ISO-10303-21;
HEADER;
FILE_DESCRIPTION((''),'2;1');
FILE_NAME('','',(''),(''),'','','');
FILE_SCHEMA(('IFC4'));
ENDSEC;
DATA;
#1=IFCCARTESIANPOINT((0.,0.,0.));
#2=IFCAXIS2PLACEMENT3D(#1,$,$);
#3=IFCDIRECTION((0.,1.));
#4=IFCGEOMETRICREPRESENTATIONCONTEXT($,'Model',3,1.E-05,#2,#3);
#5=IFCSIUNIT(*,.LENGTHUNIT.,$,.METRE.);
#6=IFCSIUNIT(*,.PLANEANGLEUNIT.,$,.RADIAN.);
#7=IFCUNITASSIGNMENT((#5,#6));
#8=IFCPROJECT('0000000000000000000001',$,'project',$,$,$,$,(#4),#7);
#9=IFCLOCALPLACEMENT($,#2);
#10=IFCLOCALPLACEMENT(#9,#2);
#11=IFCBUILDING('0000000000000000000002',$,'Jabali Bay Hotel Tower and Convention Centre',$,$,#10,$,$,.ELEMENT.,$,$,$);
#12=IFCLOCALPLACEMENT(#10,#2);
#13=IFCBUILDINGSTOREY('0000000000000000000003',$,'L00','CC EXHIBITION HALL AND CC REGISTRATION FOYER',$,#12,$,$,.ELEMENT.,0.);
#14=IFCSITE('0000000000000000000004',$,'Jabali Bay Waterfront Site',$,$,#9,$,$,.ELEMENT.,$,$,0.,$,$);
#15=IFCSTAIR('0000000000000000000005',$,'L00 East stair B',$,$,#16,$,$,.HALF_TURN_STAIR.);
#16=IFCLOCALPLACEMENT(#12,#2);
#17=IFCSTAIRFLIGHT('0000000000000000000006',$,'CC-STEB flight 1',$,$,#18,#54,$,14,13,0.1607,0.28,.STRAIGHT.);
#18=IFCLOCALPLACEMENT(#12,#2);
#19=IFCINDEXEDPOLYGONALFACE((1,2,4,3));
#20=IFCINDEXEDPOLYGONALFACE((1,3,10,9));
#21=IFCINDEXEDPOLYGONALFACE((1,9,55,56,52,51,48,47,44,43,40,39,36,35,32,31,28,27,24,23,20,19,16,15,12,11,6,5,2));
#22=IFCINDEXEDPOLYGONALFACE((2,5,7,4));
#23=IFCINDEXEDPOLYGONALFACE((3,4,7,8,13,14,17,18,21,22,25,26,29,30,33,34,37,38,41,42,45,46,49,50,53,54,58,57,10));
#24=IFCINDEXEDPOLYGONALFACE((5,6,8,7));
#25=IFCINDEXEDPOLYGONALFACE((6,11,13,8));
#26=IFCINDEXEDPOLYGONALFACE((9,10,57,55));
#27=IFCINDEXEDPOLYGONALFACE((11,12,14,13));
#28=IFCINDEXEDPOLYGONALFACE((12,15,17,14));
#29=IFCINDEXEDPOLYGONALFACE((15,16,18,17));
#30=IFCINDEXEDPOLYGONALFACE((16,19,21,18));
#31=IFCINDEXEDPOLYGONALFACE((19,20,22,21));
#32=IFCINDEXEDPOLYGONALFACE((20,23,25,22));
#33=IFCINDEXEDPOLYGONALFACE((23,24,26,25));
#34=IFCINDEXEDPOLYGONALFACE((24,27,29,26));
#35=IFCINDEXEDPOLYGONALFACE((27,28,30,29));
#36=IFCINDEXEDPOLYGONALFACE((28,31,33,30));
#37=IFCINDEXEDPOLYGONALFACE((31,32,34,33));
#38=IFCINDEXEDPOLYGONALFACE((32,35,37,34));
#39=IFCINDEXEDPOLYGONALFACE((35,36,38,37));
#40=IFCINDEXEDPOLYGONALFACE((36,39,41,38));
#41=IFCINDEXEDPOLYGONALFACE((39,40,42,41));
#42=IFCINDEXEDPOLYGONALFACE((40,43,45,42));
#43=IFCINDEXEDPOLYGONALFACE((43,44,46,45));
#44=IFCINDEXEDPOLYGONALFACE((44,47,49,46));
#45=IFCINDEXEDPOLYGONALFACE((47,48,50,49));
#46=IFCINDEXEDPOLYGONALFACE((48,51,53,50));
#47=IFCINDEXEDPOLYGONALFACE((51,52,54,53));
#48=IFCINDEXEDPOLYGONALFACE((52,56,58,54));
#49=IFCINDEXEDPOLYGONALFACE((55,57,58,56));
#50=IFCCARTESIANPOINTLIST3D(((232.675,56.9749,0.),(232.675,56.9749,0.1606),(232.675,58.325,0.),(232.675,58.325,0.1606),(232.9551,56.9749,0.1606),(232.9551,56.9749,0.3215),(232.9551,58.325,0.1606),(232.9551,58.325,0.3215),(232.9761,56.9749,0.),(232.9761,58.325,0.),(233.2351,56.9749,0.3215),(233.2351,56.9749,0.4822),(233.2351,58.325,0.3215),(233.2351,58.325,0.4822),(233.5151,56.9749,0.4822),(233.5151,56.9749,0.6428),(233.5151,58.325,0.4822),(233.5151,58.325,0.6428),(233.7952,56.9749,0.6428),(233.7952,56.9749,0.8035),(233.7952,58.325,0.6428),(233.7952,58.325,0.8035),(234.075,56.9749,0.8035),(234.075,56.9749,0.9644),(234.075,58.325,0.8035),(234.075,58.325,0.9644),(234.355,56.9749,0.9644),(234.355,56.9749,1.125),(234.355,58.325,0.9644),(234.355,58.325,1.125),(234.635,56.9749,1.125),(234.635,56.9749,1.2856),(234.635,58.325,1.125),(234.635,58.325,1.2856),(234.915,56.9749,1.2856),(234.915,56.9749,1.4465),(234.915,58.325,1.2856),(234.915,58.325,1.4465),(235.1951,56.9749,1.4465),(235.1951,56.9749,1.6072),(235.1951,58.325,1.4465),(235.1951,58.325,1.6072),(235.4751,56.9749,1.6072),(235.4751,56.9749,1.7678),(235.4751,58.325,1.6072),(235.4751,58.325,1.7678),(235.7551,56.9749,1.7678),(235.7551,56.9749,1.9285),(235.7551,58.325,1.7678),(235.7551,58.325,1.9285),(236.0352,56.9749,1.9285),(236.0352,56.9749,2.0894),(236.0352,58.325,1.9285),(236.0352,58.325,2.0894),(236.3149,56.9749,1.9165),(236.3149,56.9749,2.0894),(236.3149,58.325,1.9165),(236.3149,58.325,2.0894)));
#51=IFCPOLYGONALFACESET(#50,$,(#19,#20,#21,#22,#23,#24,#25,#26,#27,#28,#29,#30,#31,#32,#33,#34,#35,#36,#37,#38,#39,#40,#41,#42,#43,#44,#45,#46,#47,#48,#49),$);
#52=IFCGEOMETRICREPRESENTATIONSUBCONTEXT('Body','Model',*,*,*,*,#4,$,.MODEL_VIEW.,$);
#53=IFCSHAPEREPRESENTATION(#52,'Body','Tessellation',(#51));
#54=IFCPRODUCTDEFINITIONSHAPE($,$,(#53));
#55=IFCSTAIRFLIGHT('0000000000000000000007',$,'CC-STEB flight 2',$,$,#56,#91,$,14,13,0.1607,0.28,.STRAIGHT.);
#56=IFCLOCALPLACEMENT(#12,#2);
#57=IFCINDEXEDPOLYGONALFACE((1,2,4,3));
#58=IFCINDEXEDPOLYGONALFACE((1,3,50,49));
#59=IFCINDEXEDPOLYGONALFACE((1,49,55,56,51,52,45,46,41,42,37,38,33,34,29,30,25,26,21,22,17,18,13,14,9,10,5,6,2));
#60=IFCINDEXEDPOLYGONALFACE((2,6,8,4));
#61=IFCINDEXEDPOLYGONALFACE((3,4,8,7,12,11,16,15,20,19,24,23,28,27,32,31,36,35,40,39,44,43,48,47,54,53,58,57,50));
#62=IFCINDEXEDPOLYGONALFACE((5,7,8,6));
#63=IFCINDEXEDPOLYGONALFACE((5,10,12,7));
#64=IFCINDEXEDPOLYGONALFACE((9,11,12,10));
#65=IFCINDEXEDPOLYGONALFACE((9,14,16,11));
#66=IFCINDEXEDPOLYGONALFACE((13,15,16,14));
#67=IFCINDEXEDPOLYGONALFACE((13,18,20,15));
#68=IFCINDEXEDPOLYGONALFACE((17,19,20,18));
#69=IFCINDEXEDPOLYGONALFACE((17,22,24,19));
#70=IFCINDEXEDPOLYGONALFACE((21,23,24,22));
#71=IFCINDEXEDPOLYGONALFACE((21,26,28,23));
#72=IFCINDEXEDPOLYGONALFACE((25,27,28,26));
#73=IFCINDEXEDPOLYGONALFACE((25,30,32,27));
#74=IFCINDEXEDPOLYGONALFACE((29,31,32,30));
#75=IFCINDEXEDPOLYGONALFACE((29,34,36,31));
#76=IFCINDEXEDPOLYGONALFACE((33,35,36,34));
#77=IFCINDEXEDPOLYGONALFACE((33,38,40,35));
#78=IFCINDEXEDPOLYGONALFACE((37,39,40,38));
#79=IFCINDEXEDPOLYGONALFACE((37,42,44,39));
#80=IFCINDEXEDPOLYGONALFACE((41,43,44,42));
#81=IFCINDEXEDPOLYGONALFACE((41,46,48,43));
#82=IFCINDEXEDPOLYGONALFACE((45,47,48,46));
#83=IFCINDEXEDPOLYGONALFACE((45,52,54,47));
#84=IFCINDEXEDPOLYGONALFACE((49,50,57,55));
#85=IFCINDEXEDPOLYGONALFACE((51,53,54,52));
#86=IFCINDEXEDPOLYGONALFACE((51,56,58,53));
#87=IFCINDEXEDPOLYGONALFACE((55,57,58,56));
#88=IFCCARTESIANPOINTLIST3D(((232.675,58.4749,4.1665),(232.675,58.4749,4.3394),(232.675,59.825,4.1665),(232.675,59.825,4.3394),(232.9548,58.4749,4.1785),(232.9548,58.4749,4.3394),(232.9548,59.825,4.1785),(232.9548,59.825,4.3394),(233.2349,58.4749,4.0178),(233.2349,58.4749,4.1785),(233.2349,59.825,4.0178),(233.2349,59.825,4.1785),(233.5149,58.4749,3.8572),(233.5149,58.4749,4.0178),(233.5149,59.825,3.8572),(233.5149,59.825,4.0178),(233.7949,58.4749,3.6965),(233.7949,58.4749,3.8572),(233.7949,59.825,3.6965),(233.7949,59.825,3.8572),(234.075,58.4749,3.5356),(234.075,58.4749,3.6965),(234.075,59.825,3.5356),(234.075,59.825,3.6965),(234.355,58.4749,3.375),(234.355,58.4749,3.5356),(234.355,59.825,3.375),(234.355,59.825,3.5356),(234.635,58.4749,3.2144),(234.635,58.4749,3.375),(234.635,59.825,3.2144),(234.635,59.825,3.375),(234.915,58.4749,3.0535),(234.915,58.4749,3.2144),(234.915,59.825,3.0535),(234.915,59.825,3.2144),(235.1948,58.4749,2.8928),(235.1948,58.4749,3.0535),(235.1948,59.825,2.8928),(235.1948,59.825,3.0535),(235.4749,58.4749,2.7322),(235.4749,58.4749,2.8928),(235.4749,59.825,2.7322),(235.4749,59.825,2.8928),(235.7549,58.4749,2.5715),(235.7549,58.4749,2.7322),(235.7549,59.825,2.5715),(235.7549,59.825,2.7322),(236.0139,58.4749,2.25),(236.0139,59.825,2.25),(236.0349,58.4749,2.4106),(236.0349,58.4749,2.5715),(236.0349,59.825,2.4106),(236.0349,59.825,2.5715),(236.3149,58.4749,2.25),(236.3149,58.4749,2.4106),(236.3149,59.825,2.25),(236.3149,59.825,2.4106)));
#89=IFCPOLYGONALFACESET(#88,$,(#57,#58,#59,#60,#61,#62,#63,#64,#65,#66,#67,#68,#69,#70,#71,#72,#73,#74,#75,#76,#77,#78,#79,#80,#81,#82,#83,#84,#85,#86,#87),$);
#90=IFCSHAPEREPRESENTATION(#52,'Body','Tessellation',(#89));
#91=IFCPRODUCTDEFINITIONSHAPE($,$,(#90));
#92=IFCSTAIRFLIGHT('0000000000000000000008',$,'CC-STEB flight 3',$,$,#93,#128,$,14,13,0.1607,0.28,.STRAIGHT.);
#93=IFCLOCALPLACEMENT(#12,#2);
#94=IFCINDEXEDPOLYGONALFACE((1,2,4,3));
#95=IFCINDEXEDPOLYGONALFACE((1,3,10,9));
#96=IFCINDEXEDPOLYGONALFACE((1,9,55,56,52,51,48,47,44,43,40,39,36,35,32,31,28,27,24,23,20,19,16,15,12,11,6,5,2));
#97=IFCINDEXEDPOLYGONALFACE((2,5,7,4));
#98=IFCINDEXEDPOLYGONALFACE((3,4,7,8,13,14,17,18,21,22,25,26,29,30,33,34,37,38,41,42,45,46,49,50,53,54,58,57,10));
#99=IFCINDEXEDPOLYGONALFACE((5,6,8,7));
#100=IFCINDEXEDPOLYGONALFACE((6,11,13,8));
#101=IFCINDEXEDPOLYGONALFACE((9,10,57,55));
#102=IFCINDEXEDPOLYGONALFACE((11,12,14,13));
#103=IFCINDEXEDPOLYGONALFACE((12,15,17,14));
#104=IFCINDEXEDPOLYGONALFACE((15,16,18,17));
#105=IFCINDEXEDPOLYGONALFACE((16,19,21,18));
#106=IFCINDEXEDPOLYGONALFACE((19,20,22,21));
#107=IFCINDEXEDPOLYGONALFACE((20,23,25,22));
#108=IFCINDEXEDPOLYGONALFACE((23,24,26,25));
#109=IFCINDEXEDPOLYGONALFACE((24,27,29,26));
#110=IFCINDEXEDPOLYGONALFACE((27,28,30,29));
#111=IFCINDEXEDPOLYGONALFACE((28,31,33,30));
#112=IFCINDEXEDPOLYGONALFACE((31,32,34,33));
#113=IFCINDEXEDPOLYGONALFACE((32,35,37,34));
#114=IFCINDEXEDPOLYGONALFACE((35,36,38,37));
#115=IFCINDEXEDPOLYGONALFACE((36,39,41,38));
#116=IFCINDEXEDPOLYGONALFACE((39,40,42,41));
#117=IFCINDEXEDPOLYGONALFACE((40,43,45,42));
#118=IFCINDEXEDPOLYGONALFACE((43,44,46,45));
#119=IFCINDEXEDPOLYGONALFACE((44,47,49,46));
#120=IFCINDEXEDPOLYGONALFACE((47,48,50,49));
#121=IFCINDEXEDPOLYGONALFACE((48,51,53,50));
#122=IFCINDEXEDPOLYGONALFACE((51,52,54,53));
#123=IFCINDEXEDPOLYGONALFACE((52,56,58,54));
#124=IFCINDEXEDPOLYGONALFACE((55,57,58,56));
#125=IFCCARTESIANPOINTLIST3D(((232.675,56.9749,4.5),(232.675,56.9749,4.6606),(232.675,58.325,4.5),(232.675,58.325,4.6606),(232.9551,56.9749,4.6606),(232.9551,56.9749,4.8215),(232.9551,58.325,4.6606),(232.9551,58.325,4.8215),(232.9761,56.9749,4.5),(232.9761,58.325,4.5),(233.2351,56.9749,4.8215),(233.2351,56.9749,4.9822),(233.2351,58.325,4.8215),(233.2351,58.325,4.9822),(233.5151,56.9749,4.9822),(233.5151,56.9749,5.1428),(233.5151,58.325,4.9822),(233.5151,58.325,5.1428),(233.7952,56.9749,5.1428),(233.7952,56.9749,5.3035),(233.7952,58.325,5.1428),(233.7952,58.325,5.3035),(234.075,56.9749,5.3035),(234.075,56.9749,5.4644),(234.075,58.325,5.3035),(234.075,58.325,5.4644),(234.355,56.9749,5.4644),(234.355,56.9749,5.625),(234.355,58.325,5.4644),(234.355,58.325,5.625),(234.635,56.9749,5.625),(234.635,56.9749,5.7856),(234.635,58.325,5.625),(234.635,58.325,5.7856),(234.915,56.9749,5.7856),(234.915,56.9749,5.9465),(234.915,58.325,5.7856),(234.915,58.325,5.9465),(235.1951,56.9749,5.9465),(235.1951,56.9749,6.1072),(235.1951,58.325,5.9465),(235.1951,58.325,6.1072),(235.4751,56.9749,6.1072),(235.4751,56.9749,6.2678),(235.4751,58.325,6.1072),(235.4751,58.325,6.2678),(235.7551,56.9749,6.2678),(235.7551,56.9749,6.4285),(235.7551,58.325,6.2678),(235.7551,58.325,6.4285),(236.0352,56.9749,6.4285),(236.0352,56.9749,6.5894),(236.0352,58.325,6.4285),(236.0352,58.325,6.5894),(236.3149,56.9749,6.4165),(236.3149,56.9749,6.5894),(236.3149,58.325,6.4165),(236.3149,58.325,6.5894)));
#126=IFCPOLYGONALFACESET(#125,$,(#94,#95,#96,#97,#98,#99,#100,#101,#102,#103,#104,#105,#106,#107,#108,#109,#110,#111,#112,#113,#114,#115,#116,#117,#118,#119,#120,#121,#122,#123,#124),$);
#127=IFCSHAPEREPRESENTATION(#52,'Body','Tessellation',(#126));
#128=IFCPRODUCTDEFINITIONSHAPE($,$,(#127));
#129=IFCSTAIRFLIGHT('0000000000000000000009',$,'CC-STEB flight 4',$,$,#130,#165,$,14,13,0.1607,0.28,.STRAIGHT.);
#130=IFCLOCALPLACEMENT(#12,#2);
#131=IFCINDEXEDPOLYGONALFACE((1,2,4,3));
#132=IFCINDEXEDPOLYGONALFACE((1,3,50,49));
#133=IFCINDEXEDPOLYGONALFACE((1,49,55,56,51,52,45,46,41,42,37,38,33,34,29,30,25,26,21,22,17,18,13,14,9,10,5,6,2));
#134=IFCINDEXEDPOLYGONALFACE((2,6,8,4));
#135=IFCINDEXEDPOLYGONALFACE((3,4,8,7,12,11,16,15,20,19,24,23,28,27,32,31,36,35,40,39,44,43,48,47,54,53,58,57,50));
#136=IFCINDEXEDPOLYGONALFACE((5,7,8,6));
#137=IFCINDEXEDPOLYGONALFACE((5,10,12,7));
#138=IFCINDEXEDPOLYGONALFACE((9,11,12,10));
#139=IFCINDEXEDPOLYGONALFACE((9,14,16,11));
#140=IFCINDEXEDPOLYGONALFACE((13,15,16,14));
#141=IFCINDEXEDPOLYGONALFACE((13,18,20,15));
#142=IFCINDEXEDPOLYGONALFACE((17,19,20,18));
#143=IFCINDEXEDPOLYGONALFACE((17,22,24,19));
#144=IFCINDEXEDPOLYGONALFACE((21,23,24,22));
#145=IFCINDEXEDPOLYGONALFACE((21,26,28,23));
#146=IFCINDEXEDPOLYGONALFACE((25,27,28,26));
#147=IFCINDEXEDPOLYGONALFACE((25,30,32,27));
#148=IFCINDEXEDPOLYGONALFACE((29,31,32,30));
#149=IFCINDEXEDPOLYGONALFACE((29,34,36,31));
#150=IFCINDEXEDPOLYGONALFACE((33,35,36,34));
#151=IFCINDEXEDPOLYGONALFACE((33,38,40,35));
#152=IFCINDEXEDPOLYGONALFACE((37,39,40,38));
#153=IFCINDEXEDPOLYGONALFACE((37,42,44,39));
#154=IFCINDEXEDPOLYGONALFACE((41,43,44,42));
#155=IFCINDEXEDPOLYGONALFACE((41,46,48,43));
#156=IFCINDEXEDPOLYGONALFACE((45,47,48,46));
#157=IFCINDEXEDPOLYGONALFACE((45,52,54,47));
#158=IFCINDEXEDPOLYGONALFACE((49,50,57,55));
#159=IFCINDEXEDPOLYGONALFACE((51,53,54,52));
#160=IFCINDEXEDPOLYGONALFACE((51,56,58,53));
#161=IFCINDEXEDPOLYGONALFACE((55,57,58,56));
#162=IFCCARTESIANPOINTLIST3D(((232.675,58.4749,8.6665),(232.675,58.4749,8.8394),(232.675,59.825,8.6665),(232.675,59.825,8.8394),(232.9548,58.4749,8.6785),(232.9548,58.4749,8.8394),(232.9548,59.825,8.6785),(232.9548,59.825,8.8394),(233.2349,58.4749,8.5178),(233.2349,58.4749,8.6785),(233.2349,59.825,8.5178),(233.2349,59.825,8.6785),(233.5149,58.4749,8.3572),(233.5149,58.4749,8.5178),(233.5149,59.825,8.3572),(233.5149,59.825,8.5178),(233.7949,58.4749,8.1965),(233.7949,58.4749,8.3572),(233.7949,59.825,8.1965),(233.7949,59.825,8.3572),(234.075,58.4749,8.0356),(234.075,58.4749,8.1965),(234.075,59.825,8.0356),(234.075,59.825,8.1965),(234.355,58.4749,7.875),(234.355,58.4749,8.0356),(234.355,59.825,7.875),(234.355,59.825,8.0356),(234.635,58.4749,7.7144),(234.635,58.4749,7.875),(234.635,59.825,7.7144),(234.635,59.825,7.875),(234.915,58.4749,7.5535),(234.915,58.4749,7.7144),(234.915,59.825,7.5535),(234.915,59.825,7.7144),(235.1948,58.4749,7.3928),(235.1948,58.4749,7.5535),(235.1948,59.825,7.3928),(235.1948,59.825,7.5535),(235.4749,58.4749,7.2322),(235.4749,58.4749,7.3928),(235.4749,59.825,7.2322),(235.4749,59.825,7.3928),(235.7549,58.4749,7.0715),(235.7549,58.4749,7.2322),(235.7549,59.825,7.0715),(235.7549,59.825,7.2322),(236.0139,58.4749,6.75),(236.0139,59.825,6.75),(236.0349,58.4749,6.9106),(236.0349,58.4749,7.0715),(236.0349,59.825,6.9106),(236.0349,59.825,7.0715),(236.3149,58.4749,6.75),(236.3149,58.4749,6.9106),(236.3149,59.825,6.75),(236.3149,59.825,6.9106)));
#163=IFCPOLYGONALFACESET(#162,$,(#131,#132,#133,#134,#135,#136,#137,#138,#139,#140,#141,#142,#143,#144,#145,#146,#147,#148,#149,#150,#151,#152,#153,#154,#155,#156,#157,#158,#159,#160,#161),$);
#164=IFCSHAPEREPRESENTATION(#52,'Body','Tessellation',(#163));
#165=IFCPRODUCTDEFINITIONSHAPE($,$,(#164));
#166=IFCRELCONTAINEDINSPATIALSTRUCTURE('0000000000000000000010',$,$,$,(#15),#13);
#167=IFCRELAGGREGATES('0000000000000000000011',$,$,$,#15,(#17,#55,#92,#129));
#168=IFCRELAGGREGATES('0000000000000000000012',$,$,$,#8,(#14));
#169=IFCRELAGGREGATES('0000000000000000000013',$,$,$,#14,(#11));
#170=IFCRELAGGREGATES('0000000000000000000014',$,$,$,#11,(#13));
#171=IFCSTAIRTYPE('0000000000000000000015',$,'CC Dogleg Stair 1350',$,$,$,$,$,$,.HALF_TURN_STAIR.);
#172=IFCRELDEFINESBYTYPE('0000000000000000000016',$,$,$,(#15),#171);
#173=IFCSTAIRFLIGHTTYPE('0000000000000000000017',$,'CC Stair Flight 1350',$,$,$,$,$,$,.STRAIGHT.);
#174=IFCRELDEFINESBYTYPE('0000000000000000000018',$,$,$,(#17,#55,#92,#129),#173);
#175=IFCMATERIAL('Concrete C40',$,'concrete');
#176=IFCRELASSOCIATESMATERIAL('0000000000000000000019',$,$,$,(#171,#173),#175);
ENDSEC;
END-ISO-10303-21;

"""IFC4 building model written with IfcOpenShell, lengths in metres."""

from ifc_helpers import new_model, si_unit, direction, frame, origin, place, context, subcontext, project, spatial, polyline, outline, extrude, material, type_object, element, aggregate, save


model = new_model("IFC4")

# Units and contexts
model_context = context("Model", 3, precision=1e-05, world=origin(), true_north=direction((0.0, 1.0)))
body_context = subcontext(model_context, "Body", "Model", "MODEL_VIEW")
ifc_project = project(units=[si_unit("LENGTHUNIT", "METRE"), si_unit("PLANEANGLEUNIT", "RADIAN")], contexts=[model_context])

# Site, building, storey
site_placement = place(None, origin())
site = spatial("IfcSite", under=ifc_project, at=site_placement, Name="Jabali Bay Waterfront Site", CompositionType="ELEMENT", RefElevation=0.0)
building_placement = place(site_placement, origin())
building = spatial("IfcBuilding", under=site, at=building_placement, Name="Jabali Bay Hotel Tower and Convention Centre", CompositionType="ELEMENT")
storey_placement = place(building_placement, origin())
storey = spatial("IfcBuildingStorey", under=building, at=storey_placement, Name="L00", Description="CC EXHIBITION HALL AND CC REGISTRATION FOYER", CompositionType="ELEMENT", Elevation=0.0)

# Shared definitions
ifc_material_1 = material(Name="Concrete C40", Category="concrete")

# Stair, stair flights
stair_type = type_object("IfcStairType", Name="CC Dogleg Stair 1350", PredefinedType="HALF_TURN_STAIR", material=ifc_material_1)
stair_placement = place(storey_placement, origin())
stair = element("IfcStair", 1, at=stair_placement, inside=storey, type_object=stair_type, Name="L00 East stair B", PredefinedType="HALF_TURN_STAIR")
stair_flight_type = type_object("IfcStairFlightType", Name="CC Stair Flight 1350", PredefinedType="STRAIGHT", material=ifc_material_1)
stair_flight_1_placement = place(storey_placement, frame((232.675, 57.6499, 0.0), z_axis=(0.0, 0.0, 1.0), x_axis=(1.0, 0.0, 0.0)))
stair_flight_1 = element("IfcStairFlight", 2, at=stair_flight_1_placement, type_object=stair_flight_type, Name="CC-STEB flight 1", NumberOfRisers=14, NumberOfTreads=13, PredefinedType="STRAIGHT", RiserHeight=0.1607, TreadLength=0.28, context=body_context, shape_type="SweptSolid", body=[
    extrude(outline(polyline([(0.0, 0.0), (0.0, 0.1606), (0.28, 0.1606), (0.28, 0.3215), (0.5601, 0.3215), (0.5601, 0.4822), (0.8401, 0.4822), (0.8401, 0.6428), (1.1201, 0.6428), (1.1201, 0.8035), (1.3999, 0.8035), (1.3999, 0.9644), (1.6799, 0.9644), (1.6799, 1.125), (1.96, 1.125), (1.96, 1.2856), (2.24, 1.2856), (2.24, 1.4465), (2.52, 1.4465), (2.52, 1.6072), (2.8, 1.6072), (2.8, 1.7678), (3.0801, 1.7678), (3.0801, 1.9285), (3.3601, 1.9285), (3.3601, 2.0894), (3.6399, 2.0894), (3.6399, 2.25), (3.6399, 1.9165), (0.301, 0.0), (0.0, 0.0)])), frame((0.0, 0.675, 0.0), z_axis=(0.0, -1.0, 0.0), x_axis=(1.0, 0.0, 0.0)), (0.0, 0.0, 1.0), 1.3501),
])
stair_flight_2_placement = place(storey_placement, frame((236.3149, 59.1499, 2.25), z_axis=(0.0, 0.0, 1.0), x_axis=(-1.0, 0.0, 0.0)))
stair_flight_2 = element("IfcStairFlight", 3, at=stair_flight_2_placement, type_object=stair_flight_type, Name="CC-STEB flight 2", NumberOfRisers=14, NumberOfTreads=13, PredefinedType="STRAIGHT", RiserHeight=0.1607, TreadLength=0.28, context=body_context, shape_type="SweptSolid", body=[
    extrude(outline(polyline([(0.0, 0.0), (0.0, 0.1606), (0.28, 0.1606), (0.28, 0.3215), (0.5601, 0.3215), (0.5601, 0.4822), (0.8401, 0.4822), (0.8401, 0.6428), (1.1201, 0.6428), (1.1201, 0.8035), (1.3999, 0.8035), (1.3999, 0.9644), (1.6799, 0.9644), (1.6799, 1.125), (1.96, 1.125), (1.96, 1.2856), (2.24, 1.2856), (2.24, 1.4465), (2.52, 1.4465), (2.52, 1.6072), (2.8, 1.6072), (2.8, 1.7678), (3.0801, 1.7678), (3.0801, 1.9285), (3.3601, 1.9285), (3.3601, 2.0894), (3.6399, 2.0894), (3.6399, 2.25), (3.6399, 1.9165), (0.301, 0.0), (0.0, 0.0)])), frame((0.0, 0.675, 0.0), z_axis=(0.0, -1.0, 0.0), x_axis=(1.0, 0.0, 0.0)), (0.0, 0.0, 1.0), 1.3501),
])
stair_flight_3_placement = place(storey_placement, frame((232.675, 57.6499, 4.5), z_axis=(0.0, 0.0, 1.0), x_axis=(1.0, 0.0, 0.0)))
stair_flight_3 = element("IfcStairFlight", 4, at=stair_flight_3_placement, type_object=stair_flight_type, Name="CC-STEB flight 3", NumberOfRisers=14, NumberOfTreads=13, PredefinedType="STRAIGHT", RiserHeight=0.1607, TreadLength=0.28, context=body_context, shape_type="SweptSolid", body=[
    extrude(outline(polyline([(0.0, 0.0), (0.0, 0.1606), (0.28, 0.1606), (0.28, 0.3215), (0.5601, 0.3215), (0.5601, 0.4822), (0.8401, 0.4822), (0.8401, 0.6428), (1.1201, 0.6428), (1.1201, 0.8035), (1.3999, 0.8035), (1.3999, 0.9644), (1.6799, 0.9644), (1.6799, 1.125), (1.96, 1.125), (1.96, 1.2856), (2.24, 1.2856), (2.24, 1.4465), (2.52, 1.4465), (2.52, 1.6072), (2.8, 1.6072), (2.8, 1.7678), (3.0801, 1.7678), (3.0801, 1.9285), (3.3601, 1.9285), (3.3601, 2.0894), (3.6399, 2.0894), (3.6399, 2.25), (3.6399, 1.9165), (0.301, 0.0), (0.0, 0.0)])), frame((0.0, 0.675, 0.0), z_axis=(0.0, -1.0, 0.0), x_axis=(1.0, 0.0, 0.0)), (0.0, 0.0, 1.0), 1.3501),
])
stair_flight_4_placement = place(storey_placement, frame((236.3149, 59.1499, 6.75), z_axis=(0.0, 0.0, 1.0), x_axis=(-1.0, 0.0, 0.0)))
stair_flight_4 = element("IfcStairFlight", 5, at=stair_flight_4_placement, type_object=stair_flight_type, Name="CC-STEB flight 4", NumberOfRisers=14, NumberOfTreads=13, PredefinedType="STRAIGHT", RiserHeight=0.1607, TreadLength=0.28, context=body_context, shape_type="SweptSolid", body=[
    extrude(outline(polyline([(0.0, 0.0), (0.0, 0.1606), (0.28, 0.1606), (0.28, 0.3215), (0.5601, 0.3215), (0.5601, 0.4822), (0.8401, 0.4822), (0.8401, 0.6428), (1.1201, 0.6428), (1.1201, 0.8035), (1.3999, 0.8035), (1.3999, 0.9644), (1.6799, 0.9644), (1.6799, 1.125), (1.96, 1.125), (1.96, 1.2856), (2.24, 1.2856), (2.24, 1.4465), (2.52, 1.4465), (2.52, 1.6072), (2.8, 1.6072), (2.8, 1.7678), (3.0801, 1.7678), (3.0801, 1.9285), (3.3601, 1.9285), (3.3601, 2.0894), (3.6399, 2.0894), (3.6399, 2.25), (3.6399, 1.9165), (0.301, 0.0), (0.0, 0.0)])), frame((0.0, 0.675, 0.0), z_axis=(0.0, -1.0, 0.0), x_axis=(1.0, 0.0, 0.0)), (0.0, 0.0, 1.0), 1.3501),
])
aggregate(stair, [stair_flight_1, stair_flight_2, stair_flight_3, stair_flight_4])

save(model, "model.ifc")
